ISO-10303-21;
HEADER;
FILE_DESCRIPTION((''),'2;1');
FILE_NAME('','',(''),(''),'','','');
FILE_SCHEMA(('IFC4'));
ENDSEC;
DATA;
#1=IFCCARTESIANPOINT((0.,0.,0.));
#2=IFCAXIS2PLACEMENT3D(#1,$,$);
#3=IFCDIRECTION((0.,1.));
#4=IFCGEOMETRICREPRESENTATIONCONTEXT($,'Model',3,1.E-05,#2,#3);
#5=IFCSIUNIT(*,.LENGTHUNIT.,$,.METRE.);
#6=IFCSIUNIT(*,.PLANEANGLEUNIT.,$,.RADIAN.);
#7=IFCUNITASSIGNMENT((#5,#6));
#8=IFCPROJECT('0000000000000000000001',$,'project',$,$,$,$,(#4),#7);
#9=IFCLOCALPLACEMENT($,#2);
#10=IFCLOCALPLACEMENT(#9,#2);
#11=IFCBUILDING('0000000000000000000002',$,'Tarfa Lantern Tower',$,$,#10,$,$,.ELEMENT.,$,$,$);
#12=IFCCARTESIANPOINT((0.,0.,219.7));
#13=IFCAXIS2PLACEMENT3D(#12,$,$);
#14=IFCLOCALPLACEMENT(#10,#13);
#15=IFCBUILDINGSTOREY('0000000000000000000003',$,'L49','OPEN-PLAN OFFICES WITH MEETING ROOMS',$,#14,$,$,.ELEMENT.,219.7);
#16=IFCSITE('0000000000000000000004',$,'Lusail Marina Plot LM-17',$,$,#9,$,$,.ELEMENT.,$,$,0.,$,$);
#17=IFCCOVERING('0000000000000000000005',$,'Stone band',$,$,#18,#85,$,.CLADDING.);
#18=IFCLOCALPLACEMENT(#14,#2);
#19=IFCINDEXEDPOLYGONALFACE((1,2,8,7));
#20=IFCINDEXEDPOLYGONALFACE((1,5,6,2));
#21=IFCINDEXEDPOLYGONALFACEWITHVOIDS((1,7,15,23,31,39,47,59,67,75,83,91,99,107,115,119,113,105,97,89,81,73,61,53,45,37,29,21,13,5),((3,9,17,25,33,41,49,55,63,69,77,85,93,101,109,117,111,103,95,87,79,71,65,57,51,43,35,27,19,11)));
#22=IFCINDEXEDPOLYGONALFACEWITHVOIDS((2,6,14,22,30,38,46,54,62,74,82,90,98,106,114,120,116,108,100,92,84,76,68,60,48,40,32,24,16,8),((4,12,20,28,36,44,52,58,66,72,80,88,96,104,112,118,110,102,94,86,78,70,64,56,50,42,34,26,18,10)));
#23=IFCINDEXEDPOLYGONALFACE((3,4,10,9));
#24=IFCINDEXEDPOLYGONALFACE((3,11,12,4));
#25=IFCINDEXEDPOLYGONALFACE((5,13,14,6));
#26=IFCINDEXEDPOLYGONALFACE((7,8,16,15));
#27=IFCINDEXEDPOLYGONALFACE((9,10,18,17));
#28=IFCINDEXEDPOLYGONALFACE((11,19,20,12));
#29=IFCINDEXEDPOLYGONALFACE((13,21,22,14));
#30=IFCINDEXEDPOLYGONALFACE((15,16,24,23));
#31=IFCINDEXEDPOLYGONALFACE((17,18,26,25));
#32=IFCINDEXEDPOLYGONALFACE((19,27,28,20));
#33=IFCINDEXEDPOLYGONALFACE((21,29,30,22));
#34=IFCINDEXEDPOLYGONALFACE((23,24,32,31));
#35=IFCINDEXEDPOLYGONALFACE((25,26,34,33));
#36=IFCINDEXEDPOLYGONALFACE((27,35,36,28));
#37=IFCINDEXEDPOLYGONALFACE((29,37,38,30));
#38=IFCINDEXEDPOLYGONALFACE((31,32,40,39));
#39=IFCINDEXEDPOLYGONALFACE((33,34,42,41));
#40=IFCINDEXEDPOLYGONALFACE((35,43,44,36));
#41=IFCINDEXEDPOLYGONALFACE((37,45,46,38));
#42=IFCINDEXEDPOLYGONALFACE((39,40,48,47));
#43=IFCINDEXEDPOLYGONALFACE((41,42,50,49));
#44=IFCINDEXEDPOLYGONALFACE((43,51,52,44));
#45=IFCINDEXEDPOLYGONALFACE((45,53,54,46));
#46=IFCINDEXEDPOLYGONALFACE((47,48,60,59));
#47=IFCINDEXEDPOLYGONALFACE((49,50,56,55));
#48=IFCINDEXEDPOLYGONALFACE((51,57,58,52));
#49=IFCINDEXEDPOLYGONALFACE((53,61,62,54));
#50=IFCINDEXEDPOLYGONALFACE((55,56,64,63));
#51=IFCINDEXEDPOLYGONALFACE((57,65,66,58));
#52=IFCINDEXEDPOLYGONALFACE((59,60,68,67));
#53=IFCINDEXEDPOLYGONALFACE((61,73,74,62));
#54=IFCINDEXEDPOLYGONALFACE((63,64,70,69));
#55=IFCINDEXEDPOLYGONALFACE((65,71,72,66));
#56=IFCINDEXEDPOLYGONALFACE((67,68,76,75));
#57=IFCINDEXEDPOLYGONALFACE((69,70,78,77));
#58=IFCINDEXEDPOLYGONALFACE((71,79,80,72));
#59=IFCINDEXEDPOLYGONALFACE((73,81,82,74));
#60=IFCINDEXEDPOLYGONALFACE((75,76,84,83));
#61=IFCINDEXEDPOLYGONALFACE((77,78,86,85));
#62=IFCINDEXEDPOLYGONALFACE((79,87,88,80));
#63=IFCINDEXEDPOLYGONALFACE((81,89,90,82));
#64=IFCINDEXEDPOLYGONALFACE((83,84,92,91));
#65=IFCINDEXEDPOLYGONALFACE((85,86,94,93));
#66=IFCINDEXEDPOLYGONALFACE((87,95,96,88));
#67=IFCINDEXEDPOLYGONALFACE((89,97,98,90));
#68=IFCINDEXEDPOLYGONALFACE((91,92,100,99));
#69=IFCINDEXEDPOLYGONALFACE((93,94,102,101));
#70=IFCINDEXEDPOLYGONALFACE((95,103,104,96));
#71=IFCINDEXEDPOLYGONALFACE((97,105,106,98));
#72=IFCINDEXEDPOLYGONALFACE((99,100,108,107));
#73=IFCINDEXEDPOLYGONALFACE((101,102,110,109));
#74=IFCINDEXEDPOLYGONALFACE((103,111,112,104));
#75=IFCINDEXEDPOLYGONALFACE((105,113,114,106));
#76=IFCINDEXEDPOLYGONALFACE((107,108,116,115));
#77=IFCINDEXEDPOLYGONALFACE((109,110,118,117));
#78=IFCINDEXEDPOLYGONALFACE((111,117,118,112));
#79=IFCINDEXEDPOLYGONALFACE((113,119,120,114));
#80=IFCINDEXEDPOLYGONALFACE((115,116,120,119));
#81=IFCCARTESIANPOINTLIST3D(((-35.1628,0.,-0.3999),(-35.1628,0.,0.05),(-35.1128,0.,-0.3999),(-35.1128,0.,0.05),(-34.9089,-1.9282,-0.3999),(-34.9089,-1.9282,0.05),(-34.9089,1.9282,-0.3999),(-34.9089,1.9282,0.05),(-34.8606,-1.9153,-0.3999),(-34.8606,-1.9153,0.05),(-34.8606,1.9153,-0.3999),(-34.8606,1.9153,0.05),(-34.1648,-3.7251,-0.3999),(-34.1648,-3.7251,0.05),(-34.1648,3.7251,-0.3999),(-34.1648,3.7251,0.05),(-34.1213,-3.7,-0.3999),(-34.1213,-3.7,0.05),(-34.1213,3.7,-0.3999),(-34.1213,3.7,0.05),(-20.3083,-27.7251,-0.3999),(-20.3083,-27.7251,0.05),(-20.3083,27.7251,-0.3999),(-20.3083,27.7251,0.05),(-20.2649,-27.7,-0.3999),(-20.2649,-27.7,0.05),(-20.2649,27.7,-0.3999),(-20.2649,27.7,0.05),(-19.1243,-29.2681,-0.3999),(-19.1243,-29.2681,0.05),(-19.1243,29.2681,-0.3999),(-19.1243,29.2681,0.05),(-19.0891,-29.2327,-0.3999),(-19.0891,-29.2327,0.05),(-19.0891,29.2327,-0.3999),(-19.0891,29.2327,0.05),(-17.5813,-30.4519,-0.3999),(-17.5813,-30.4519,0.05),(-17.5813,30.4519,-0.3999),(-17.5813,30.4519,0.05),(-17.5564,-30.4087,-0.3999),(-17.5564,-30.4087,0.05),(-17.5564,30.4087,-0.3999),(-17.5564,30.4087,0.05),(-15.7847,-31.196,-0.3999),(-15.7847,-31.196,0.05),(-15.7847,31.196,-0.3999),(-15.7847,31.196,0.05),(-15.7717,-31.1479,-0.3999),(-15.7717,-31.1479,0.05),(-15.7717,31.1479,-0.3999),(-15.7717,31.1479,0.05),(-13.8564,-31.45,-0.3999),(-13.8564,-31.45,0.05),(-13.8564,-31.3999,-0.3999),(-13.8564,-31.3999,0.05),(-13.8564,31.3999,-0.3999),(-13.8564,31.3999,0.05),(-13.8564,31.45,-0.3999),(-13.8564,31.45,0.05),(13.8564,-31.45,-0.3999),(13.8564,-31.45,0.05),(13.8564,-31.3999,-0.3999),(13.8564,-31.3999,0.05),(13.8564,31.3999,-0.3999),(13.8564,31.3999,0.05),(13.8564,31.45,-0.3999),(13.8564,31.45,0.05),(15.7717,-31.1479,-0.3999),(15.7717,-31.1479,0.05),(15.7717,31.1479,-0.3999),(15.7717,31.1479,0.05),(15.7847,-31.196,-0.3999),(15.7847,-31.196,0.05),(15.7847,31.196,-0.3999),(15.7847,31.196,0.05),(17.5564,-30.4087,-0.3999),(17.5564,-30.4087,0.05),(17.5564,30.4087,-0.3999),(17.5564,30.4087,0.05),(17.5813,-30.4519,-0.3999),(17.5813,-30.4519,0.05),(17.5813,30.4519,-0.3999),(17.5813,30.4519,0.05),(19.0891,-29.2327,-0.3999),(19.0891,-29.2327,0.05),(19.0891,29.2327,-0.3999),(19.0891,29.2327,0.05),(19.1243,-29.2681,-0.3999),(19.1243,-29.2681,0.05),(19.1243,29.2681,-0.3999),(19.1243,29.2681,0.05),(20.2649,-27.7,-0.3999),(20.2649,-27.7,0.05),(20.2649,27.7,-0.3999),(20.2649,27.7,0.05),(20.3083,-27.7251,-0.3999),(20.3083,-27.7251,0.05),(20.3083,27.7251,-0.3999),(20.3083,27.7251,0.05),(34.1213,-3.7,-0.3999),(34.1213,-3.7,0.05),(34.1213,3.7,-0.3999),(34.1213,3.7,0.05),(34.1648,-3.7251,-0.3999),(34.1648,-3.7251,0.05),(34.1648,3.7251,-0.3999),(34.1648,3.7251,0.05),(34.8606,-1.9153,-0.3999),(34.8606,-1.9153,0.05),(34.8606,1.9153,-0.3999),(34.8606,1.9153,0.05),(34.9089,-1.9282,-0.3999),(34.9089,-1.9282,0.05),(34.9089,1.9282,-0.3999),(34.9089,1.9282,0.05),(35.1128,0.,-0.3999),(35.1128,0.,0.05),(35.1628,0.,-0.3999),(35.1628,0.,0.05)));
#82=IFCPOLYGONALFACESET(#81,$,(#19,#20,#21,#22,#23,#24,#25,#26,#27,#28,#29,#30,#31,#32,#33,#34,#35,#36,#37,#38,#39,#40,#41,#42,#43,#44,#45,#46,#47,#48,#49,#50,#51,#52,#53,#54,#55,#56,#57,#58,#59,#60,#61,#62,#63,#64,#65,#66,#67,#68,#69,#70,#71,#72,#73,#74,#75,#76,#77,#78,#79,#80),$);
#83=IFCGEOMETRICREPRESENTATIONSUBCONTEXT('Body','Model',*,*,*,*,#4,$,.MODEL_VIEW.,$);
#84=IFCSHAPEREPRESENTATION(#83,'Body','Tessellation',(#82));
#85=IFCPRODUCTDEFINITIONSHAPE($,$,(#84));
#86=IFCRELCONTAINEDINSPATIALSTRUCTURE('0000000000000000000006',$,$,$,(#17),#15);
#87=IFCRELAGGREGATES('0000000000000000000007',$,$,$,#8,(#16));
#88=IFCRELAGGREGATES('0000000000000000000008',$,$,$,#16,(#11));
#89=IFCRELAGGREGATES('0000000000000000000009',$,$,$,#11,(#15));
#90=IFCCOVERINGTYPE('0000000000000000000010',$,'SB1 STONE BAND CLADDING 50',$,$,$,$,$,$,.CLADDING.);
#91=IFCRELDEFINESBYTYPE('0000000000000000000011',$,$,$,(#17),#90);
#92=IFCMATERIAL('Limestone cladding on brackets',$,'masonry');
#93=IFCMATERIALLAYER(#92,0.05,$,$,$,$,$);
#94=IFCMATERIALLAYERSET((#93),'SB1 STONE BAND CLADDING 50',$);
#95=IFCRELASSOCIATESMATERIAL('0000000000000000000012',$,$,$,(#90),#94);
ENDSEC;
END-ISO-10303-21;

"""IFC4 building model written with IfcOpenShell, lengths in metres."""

from ifc_helpers import new_model, si_unit, direction, frame, origin, place, context, subcontext, project, spatial, polyline, outline, extrude, material, layer, layer_set, type_object, element, save


model = new_model("IFC4")

# Units and contexts
model_context = context("Model", 3, precision=1e-05, world=origin(), true_north=direction((0.0, 1.0)))
body_context = subcontext(model_context, "Body", "Model", "MODEL_VIEW")
ifc_project = project(units=[si_unit("LENGTHUNIT", "METRE"), si_unit("PLANEANGLEUNIT", "RADIAN")], contexts=[model_context])

# Site, building, storey
site_placement = place(None, origin())
site = spatial("IfcSite", under=ifc_project, at=site_placement, Name="Lusail Marina Plot LM-17", CompositionType="ELEMENT", RefElevation=0.0)
building_placement = place(site_placement, origin())
building = spatial("IfcBuilding", under=site, at=building_placement, Name="Tarfa Lantern Tower", CompositionType="ELEMENT")
storey_placement = place(building_placement, frame((0.0, 0.0, 219.7)))
storey = spatial("IfcBuildingStorey", under=building, at=storey_placement, Name="L49", Description="OPEN-PLAN OFFICES WITH MEETING ROOMS", CompositionType="ELEMENT", Elevation=219.7)

# Covering
ifc_material_1 = material(Name="Limestone cladding on brackets", Category="masonry")
ifc_layer_1 = layer(ifc_material_1, 0.05)
ifc_layer_set_1 = layer_set([ifc_layer_1], Name="SB1 STONE BAND CLADDING 50")
covering_type_1 = type_object("IfcCoveringType", Name="SB1 STONE BAND CLADDING 50", PredefinedType="CLADDING", material=ifc_layer_set_1)
covering_1_placement = place(storey_placement, frame((0.0, 0.0, -0.3999)))
element("IfcCovering", 1, at=covering_1_placement, inside=storey, type_object=covering_type_1, Name="Stone band", PredefinedType="CLADDING", context=body_context, shape_type="SweptSolid", body=[
    extrude(outline(polyline([(34.1648, 3.7251), (20.3083, 27.7251), (19.1243, 29.2681), (17.5813, 30.4519), (15.7847, 31.196), (13.8564, 31.45), (-13.8564, 31.45), (-15.7847, 31.196), (-17.5813, 30.4519), (-19.1243, 29.2681), (-20.3083, 27.7251), (-34.1648, 3.7251), (-34.9089, 1.9282), (-35.1628, 0.0), (-34.9089, -1.9282), (-34.1648, -3.7251), (-20.3083, -27.7251), (-19.1243, -29.2681), (-17.5813, -30.4519), (-15.7847, -31.196), (-13.8564, -31.45), (13.8564, -31.45), (15.7847, -31.196), (17.5813, -30.4519), (19.1243, -29.2681), (20.3083, -27.7251), (34.1648, -3.7251), (34.9089, -1.9282), (35.1628, 0.0), (34.9089, 1.9282), (34.1648, 3.7251)]), holes=[polyline([(34.1213, 3.7), (20.2649, 27.7), (19.0891, 29.2327), (17.5564, 30.4087), (15.7717, 31.1479), (13.8564, 31.3999), (-13.8564, 31.3999), (-15.7717, 31.1479), (-17.5564, 30.4087), (-19.0891, 29.2327), (-20.2649, 27.7), (-34.1213, 3.7), (-34.8606, 1.9153), (-35.1128, 0.0), (-34.8606, -1.9153), (-34.1213, -3.7), (-20.2649, -27.7), (-19.0891, -29.2327), (-17.5564, -30.4087), (-15.7717, -31.1479), (-13.8564, -31.3999), (13.8564, -31.3999), (15.7717, -31.1479), (17.5564, -30.4087), (19.0891, -29.2327), (20.2649, -27.7), (34.1213, -3.7), (34.8606, -1.9153), (35.1128, 0.0), (34.8606, 1.9153), (34.1213, 3.7)])]), origin(), (0.0, 0.0, 1.0), 0.45),
])

save(model, "model.ifc")
